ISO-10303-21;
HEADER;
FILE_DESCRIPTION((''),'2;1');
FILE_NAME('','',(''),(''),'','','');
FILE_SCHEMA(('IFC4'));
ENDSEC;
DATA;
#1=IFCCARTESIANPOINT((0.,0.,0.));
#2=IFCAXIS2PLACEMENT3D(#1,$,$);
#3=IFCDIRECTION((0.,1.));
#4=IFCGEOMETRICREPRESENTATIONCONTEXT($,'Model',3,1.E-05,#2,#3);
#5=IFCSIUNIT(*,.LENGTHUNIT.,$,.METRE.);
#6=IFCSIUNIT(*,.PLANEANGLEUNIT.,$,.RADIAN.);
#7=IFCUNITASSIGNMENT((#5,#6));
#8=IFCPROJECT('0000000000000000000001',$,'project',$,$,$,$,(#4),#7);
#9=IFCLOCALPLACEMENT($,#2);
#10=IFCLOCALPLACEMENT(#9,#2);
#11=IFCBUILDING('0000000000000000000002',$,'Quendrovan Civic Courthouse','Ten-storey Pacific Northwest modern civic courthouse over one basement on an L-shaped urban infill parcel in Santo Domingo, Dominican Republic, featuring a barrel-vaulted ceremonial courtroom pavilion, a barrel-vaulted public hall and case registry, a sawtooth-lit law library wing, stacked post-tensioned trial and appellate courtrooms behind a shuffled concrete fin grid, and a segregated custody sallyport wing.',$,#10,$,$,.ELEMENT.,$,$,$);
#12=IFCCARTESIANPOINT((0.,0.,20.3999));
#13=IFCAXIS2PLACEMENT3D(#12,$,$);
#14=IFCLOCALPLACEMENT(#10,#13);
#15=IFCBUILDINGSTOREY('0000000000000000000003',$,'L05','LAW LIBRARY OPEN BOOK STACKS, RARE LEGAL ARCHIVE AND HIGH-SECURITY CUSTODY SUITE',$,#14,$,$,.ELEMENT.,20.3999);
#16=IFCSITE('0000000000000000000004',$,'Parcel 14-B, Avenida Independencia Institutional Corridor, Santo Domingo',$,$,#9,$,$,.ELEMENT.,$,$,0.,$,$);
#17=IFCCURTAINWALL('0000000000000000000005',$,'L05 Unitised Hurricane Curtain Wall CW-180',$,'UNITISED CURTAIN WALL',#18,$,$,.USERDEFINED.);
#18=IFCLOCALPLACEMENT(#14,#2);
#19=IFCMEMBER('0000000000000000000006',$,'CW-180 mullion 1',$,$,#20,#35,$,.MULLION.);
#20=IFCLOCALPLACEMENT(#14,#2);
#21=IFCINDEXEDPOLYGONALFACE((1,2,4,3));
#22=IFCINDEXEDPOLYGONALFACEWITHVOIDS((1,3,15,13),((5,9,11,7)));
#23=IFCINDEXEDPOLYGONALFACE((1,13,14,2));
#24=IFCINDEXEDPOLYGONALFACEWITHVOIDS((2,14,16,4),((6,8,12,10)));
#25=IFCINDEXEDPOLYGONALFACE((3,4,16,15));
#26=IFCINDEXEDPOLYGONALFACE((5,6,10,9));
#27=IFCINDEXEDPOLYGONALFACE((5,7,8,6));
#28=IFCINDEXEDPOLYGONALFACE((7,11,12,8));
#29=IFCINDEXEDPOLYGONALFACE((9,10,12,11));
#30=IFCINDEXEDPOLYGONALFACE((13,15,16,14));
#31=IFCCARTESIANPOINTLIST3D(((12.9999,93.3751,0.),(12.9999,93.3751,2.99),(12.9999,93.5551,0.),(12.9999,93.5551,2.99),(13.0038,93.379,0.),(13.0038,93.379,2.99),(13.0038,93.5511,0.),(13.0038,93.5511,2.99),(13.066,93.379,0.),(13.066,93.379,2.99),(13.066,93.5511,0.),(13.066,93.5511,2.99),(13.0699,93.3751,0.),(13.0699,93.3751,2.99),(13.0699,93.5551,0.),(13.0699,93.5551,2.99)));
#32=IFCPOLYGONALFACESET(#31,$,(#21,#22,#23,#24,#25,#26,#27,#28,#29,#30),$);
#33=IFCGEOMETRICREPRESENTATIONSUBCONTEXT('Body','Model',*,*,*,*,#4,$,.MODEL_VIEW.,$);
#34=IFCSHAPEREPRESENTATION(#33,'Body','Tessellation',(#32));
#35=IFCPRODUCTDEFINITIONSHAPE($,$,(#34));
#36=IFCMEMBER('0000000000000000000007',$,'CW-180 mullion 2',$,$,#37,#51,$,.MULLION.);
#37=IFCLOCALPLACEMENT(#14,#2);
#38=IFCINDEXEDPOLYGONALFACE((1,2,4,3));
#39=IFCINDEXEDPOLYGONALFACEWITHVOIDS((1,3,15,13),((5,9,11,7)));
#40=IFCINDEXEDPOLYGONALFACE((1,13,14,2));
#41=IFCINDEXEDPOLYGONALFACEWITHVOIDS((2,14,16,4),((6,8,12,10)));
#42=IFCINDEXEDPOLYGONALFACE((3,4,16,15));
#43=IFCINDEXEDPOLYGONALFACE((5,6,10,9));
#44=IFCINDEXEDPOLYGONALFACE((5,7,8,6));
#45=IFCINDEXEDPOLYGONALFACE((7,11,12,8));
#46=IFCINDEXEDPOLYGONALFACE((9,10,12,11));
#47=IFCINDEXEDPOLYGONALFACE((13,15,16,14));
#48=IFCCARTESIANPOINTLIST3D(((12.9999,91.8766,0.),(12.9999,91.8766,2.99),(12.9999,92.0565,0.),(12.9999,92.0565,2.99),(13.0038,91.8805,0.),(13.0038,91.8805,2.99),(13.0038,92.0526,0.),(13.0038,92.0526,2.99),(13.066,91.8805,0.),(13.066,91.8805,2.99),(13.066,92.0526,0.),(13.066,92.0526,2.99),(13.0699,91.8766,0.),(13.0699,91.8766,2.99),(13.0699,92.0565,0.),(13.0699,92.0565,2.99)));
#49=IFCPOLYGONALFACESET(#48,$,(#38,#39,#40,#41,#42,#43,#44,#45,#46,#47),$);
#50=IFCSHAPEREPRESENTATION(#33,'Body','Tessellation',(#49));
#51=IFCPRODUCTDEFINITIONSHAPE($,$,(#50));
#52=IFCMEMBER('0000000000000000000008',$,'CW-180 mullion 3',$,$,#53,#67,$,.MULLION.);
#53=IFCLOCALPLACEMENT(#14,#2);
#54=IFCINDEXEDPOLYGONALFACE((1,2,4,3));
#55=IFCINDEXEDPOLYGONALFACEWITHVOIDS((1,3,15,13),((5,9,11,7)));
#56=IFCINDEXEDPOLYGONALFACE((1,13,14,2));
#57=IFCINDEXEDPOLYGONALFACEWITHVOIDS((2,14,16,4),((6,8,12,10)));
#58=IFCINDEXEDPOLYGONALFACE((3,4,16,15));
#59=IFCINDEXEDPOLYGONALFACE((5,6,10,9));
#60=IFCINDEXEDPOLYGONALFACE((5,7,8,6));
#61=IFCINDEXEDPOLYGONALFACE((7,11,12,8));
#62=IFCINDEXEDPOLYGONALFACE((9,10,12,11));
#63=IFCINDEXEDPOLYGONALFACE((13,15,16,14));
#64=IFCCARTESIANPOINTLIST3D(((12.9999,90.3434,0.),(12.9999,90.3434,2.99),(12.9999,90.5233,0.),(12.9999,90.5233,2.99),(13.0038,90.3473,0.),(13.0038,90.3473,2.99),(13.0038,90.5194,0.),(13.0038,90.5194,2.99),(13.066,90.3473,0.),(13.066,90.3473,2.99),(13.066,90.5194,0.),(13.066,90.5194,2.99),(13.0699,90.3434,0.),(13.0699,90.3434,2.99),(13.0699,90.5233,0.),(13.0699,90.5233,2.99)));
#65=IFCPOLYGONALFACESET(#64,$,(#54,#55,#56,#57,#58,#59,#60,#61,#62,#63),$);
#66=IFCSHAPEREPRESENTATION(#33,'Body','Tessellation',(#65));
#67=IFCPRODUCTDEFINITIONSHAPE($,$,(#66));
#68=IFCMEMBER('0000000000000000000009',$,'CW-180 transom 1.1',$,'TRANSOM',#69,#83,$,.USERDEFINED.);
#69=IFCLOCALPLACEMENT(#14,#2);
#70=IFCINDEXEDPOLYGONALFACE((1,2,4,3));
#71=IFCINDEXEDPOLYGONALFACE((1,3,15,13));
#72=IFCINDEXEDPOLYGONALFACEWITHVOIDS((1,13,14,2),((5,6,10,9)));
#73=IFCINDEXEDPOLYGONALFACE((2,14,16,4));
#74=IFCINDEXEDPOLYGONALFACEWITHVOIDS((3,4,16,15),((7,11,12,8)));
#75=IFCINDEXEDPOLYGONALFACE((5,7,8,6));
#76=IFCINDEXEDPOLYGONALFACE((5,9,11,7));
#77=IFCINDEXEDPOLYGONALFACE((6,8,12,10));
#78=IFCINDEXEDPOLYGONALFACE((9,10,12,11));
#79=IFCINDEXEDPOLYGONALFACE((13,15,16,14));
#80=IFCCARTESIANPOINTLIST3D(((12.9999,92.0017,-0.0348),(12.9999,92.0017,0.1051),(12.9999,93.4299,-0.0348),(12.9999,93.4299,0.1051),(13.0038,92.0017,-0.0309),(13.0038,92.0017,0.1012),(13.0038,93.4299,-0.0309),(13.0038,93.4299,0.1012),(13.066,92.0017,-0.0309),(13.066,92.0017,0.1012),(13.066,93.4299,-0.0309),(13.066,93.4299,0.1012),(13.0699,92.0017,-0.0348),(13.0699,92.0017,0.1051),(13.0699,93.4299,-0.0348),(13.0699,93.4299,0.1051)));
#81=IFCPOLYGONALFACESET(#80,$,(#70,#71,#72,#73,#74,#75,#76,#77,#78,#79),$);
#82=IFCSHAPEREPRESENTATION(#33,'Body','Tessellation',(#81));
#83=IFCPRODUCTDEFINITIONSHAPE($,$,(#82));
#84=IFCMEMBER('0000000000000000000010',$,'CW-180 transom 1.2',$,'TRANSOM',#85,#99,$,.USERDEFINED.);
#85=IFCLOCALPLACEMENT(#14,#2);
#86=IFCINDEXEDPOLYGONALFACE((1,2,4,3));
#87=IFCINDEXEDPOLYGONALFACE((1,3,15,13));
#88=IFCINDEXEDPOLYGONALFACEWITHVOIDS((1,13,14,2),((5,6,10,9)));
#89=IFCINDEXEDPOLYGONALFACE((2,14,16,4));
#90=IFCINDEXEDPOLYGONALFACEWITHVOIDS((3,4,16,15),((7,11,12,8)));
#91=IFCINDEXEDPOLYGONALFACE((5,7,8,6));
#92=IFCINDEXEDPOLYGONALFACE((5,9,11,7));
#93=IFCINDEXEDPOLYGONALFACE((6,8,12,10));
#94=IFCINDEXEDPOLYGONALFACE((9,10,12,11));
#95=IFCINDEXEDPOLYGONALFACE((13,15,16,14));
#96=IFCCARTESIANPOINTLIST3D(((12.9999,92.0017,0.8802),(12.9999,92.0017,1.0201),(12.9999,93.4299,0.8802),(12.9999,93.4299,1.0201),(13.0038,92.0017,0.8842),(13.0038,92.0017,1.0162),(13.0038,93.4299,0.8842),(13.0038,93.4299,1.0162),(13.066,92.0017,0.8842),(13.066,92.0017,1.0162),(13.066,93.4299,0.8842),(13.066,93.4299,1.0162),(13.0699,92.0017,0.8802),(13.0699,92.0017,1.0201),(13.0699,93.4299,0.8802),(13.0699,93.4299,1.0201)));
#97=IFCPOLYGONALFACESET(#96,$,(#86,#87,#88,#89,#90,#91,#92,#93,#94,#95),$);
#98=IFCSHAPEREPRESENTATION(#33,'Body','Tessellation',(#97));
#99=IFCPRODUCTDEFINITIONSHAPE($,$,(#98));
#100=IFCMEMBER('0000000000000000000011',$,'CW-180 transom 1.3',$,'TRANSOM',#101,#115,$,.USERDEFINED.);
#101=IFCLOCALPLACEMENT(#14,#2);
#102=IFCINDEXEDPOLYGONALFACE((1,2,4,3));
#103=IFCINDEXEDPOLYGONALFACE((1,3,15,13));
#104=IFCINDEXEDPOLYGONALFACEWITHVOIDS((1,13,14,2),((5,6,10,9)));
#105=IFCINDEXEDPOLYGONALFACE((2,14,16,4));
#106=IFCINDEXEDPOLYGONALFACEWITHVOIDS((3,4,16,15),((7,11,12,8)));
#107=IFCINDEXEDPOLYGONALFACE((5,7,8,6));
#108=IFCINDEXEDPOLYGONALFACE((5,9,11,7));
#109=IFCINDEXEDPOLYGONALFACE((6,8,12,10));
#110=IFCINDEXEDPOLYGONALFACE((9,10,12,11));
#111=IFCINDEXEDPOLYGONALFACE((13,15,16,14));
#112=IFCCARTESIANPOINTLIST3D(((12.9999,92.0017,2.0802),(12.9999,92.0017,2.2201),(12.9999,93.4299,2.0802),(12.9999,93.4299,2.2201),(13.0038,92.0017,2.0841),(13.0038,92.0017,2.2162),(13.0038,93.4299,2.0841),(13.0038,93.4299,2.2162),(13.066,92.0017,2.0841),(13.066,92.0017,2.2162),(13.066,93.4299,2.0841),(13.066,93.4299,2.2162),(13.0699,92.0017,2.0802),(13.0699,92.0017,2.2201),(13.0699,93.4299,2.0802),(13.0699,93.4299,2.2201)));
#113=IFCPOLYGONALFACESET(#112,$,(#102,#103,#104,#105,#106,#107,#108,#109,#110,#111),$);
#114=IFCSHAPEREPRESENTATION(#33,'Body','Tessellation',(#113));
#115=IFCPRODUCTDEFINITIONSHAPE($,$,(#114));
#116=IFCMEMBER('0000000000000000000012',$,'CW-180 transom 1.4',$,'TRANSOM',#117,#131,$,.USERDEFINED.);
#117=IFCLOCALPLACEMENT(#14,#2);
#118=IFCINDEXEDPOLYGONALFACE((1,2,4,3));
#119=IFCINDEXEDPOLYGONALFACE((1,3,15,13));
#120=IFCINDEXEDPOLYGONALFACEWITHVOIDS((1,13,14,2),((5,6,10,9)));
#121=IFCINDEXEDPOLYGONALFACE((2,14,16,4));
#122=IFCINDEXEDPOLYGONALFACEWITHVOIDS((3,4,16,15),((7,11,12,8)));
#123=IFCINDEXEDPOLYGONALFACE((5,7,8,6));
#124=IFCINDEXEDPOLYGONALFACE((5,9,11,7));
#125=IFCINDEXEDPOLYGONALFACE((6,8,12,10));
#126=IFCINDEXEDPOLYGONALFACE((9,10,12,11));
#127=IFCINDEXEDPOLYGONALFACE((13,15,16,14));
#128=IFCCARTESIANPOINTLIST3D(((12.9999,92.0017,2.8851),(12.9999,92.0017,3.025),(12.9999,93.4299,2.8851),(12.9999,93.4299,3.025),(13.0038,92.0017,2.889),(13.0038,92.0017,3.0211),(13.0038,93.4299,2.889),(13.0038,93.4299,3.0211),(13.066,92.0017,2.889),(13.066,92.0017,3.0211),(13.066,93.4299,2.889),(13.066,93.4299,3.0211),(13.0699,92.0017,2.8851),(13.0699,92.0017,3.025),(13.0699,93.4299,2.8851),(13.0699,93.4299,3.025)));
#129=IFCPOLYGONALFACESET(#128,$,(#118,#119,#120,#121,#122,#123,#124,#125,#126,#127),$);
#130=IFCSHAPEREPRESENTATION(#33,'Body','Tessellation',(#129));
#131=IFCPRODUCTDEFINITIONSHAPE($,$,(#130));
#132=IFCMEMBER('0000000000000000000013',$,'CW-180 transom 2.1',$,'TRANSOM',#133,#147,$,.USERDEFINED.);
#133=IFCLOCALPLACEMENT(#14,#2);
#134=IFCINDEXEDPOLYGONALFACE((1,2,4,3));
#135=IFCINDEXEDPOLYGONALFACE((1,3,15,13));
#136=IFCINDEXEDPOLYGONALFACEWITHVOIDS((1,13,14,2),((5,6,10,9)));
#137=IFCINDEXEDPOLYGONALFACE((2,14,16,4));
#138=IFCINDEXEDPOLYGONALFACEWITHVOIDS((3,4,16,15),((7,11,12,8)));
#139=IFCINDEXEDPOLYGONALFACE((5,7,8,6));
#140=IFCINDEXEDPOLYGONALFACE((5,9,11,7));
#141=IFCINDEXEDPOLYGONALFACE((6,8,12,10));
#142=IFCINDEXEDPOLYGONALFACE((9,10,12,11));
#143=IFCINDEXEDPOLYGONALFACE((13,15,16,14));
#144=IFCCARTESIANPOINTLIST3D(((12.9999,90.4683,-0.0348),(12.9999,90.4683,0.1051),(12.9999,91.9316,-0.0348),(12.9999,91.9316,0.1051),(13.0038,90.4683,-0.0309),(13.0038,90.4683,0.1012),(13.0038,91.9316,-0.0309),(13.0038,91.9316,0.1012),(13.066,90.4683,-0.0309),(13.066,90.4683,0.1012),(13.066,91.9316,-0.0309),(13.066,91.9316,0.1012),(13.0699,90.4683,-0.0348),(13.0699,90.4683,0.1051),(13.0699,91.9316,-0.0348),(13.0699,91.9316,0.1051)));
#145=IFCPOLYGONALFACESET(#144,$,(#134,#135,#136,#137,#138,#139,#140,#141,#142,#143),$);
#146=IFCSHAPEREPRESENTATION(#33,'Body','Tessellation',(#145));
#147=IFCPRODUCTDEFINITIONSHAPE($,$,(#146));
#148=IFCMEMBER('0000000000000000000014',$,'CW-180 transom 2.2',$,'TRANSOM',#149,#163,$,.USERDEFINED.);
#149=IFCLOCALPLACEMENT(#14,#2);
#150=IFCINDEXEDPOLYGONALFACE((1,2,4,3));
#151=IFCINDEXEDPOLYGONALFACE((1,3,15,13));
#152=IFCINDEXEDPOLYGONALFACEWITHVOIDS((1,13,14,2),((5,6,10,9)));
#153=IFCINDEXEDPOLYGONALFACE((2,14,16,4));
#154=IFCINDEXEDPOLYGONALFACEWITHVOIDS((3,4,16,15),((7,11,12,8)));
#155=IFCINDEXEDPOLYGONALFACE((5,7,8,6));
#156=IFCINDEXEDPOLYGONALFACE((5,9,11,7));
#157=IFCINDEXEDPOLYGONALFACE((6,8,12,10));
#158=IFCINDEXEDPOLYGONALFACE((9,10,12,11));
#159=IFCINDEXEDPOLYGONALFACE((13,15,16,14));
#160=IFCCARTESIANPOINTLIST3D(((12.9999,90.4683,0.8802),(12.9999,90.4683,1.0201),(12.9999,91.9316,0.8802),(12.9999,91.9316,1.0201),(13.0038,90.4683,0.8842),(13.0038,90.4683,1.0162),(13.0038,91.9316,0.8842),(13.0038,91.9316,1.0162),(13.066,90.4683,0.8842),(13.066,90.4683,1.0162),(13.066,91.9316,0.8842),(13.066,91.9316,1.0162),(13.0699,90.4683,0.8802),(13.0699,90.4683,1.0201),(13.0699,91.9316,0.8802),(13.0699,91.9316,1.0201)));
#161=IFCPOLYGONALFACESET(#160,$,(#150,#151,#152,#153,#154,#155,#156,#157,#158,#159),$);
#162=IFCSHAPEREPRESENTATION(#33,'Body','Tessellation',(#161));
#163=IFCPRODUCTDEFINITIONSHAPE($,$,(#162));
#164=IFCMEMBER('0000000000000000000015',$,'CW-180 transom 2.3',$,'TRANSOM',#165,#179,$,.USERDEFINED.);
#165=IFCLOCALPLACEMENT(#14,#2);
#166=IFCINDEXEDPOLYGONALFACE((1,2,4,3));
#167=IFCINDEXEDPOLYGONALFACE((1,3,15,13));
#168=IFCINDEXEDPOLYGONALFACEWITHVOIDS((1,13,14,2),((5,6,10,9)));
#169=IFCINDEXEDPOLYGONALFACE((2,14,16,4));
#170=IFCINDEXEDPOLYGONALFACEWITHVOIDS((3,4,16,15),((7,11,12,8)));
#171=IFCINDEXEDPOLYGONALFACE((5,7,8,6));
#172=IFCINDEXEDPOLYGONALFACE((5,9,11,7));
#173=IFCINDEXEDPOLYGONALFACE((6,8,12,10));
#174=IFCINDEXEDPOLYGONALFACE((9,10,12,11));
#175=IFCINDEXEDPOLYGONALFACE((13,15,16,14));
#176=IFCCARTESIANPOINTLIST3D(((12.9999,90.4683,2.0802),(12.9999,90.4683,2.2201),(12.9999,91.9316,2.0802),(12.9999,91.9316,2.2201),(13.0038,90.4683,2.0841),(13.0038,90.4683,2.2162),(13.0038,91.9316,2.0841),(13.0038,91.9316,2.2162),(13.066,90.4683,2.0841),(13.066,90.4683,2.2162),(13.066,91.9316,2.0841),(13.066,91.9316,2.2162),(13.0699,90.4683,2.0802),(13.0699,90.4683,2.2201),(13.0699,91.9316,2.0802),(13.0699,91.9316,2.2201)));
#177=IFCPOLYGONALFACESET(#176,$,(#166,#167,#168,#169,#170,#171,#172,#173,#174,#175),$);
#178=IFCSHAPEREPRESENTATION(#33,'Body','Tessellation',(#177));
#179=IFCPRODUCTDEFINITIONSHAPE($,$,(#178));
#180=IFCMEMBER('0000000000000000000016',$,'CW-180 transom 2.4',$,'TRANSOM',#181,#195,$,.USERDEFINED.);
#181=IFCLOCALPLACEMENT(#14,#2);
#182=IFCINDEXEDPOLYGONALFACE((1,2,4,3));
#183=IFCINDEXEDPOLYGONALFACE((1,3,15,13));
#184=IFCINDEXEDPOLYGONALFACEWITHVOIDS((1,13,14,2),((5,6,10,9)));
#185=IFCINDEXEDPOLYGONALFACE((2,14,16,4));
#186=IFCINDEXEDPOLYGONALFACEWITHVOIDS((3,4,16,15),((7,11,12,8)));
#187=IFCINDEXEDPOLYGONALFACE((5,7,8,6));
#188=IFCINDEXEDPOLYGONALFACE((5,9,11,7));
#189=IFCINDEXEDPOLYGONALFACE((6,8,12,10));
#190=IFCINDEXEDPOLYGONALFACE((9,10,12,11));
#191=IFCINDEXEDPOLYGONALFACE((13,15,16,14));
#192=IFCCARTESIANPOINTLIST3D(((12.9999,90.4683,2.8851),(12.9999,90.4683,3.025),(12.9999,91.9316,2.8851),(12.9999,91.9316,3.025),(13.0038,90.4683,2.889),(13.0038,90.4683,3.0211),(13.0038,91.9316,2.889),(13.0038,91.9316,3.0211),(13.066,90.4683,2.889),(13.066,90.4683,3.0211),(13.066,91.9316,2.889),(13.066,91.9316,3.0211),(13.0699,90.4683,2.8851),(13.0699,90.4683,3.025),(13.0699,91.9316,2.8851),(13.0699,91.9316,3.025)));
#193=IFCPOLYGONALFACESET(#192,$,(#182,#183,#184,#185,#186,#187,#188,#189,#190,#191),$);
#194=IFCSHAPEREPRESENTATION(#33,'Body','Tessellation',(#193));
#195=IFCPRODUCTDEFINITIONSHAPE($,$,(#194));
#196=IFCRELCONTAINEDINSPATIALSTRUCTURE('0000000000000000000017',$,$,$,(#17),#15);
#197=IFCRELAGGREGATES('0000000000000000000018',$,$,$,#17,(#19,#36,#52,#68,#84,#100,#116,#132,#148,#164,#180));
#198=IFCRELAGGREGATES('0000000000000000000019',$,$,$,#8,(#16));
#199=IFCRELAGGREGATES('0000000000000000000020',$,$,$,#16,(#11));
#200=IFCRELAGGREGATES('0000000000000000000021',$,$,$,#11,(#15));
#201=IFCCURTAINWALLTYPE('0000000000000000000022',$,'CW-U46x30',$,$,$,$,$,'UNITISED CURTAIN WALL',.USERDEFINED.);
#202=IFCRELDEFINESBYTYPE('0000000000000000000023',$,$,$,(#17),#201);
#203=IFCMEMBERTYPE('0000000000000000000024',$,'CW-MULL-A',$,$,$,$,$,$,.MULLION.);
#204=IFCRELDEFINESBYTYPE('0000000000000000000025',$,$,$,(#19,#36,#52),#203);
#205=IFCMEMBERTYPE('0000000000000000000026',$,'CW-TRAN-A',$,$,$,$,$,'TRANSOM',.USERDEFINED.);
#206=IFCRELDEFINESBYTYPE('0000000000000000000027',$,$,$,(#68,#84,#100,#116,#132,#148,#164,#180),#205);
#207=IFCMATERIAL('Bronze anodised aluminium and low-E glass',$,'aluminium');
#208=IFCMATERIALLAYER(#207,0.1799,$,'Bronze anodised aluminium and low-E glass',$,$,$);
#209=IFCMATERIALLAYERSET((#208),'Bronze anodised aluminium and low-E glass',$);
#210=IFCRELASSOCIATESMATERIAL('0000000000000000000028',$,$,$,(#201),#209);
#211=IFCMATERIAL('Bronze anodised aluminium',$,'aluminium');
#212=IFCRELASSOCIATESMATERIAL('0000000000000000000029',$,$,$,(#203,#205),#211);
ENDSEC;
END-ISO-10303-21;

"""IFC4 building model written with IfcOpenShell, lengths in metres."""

from ifc_helpers import new_model, si_unit, direction, frame, origin, origin_2d, place, context, subcontext, project, spatial, hollow_rectangle, extrude, material, layer, layer_set, material_profile, profile_set, type_object, element, aggregate, save


model = new_model("IFC4")

# Units and contexts
model_context = context("Model", 3, precision=1e-05, world=origin(), true_north=direction((0.0, 1.0)))
body_context = subcontext(model_context, "Body", "Model", "MODEL_VIEW")
ifc_project = project(units=[si_unit("LENGTHUNIT", "METRE"), si_unit("PLANEANGLEUNIT", "RADIAN")], contexts=[model_context])

# Site, building, storey
site_placement = place(None, origin())
site = spatial("IfcSite", under=ifc_project, at=site_placement, Name="Parcel 14-B, Avenida Independencia Institutional Corridor, Santo Domingo", CompositionType="ELEMENT", RefElevation=0.0)
building_placement = place(site_placement, origin())
building = spatial("IfcBuilding", under=site, at=building_placement, Name="Quendrovan Civic Courthouse", Description="Ten-storey Pacific Northwest modern civic courthouse over one basement on an L-shaped urban infill parcel in Santo Domingo, Dominican Republic, featuring a barrel-vaulted ceremonial courtroom pavilion, a barrel-vaulted public hall and case registry, a sawtooth-lit law library wing, stacked post-tensioned trial and appellate courtrooms behind a shuffled concrete fin grid, and a segregated custody sallyport wing.", CompositionType="ELEMENT")
storey_placement = place(building_placement, frame((0.0, 0.0, 20.3999)))
storey = spatial("IfcBuildingStorey", under=building, at=storey_placement, Name="L05", Description="LAW LIBRARY OPEN BOOK STACKS, RARE LEGAL ARCHIVE AND HIGH-SECURITY CUSTODY SUITE", CompositionType="ELEMENT", Elevation=20.3999)

# Curtain wall, members
ifc_material_1 = material(Name="Bronze anodised aluminium and low-E glass", Category="aluminium")
ifc_layer_1 = layer(ifc_material_1, 0.1799, Name="Bronze anodised aluminium and low-E glass")
ifc_layer_set_1 = layer_set([ifc_layer_1], Name="Bronze anodised aluminium and low-E glass")
curtain_wall_type = type_object("IfcCurtainWallType", Name="CW-U46x30", ElementType="UNITISED CURTAIN WALL", PredefinedType="USERDEFINED", material=ifc_layer_set_1)
curtain_wall_placement = place(storey_placement, origin())
curtain_wall = element("IfcCurtainWall", 1, at=curtain_wall_placement, inside=storey, type_object=curtain_wall_type, Name="L05 Unitised Hurricane Curtain Wall CW-180", ObjectType="UNITISED CURTAIN WALL", PredefinedType="USERDEFINED")
ifc_material_2 = material(Name="Bronze anodised aluminium", Category="aluminium")
ifc_material_profile_1 = material_profile(ifc_material_2, hollow_rectangle(XDim=0.0701, YDim=0.1799, WallThickness=0.0039, at=origin_2d()), Name="CW-MULL-70x180")
ifc_profile_set_1 = profile_set([ifc_material_profile_1], Name="Bronze anodised aluminium")
member_type_1 = type_object("IfcMemberType", Name="CW-MULL-A", PredefinedType="MULLION", material=ifc_profile_set_1)
member_1_placement = place(storey_placement, frame((13.0349, 93.4651, 0.0), z_axis=(0.0, 0.0, 1.0), x_axis=(1.0, 0.0, 0.0)))
member_1 = element("IfcMember", 2, at=member_1_placement, type_object=member_type_1, Name="CW-180 mullion 1", PredefinedType="MULLION", context=body_context, shape_type="SweptSolid", body=[
    extrude(hollow_rectangle(XDim=0.0701, YDim=0.1799, WallThickness=0.0039, at=origin_2d()), origin(), (0.0, 0.0, 1.0), 2.99),
])
member_2_placement = place(storey_placement, frame((13.0349, 91.9666, 0.0), z_axis=(0.0, 0.0, 1.0), x_axis=(1.0, 0.0, 0.0)))
member_2 = element("IfcMember", 3, at=member_2_placement, type_object=member_type_1, Name="CW-180 mullion 2", PredefinedType="MULLION", context=body_context, shape_type="SweptSolid", body=[
    extrude(hollow_rectangle(XDim=0.0701, YDim=0.1799, WallThickness=0.0039, at=origin_2d()), origin(), (0.0, 0.0, 1.0), 2.99),
])
member_3_placement = place(storey_placement, frame((13.0349, 90.4333, 0.0), z_axis=(0.0, 0.0, 1.0), x_axis=(1.0, 0.0, 0.0)))
member_3 = element("IfcMember", 4, at=member_3_placement, type_object=member_type_1, Name="CW-180 mullion 3", PredefinedType="MULLION", context=body_context, shape_type="SweptSolid", body=[
    extrude(hollow_rectangle(XDim=0.0701, YDim=0.1799, WallThickness=0.0039, at=origin_2d()), origin(), (0.0, 0.0, 1.0), 2.99),
])
ifc_material_profile_2 = material_profile(ifc_material_2, hollow_rectangle(XDim=0.0701, YDim=0.1399, WallThickness=0.0039, at=origin_2d()), Name="CW-TRAN-70x140")
ifc_profile_set_2 = profile_set([ifc_material_profile_2], Name="Bronze anodised aluminium")
member_type_2 = type_object("IfcMemberType", Name="CW-TRAN-A", ElementType="TRANSOM", PredefinedType="USERDEFINED", material=ifc_profile_set_2)
member_4_placement = place(storey_placement, frame((13.0349, 93.4299, 0.0352), z_axis=(0.0, -1.0, 0.0), x_axis=(1.0, 0.0, 0.0)))
member_4 = element("IfcMember", 5, at=member_4_placement, type_object=member_type_2, Name="CW-180 transom 1.1", ObjectType="TRANSOM", PredefinedType="USERDEFINED", context=body_context, shape_type="SweptSolid", body=[
    extrude(hollow_rectangle(XDim=0.0701, YDim=0.1399, WallThickness=0.0039, at=origin_2d()), origin(), (0.0, 0.0, 1.0), 1.4282),
])
member_5_placement = place(storey_placement, frame((13.0349, 93.4299, 0.9502), z_axis=(0.0, -1.0, 0.0), x_axis=(1.0, 0.0, 0.0)))
member_5 = element("IfcMember", 6, at=member_5_placement, type_object=member_type_2, Name="CW-180 transom 1.2", ObjectType="TRANSOM", PredefinedType="USERDEFINED", context=body_context, shape_type="SweptSolid", body=[
    extrude(hollow_rectangle(XDim=0.0701, YDim=0.1399, WallThickness=0.0039, at=origin_2d()), origin(), (0.0, 0.0, 1.0), 1.4282),
])
member_6_placement = place(storey_placement, frame((13.0349, 93.4299, 2.1501), z_axis=(0.0, -1.0, 0.0), x_axis=(1.0, 0.0, 0.0)))
member_6 = element("IfcMember", 7, at=member_6_placement, type_object=member_type_2, Name="CW-180 transom 1.3", ObjectType="TRANSOM", PredefinedType="USERDEFINED", context=body_context, shape_type="SweptSolid", body=[
    extrude(hollow_rectangle(XDim=0.0701, YDim=0.1399, WallThickness=0.0039, at=origin_2d()), origin(), (0.0, 0.0, 1.0), 1.4282),
])
member_7_placement = place(storey_placement, frame((13.0349, 93.4299, 2.9551), z_axis=(0.0, -1.0, 0.0), x_axis=(1.0, 0.0, 0.0)))
member_7 = element("IfcMember", 8, at=member_7_placement, type_object=member_type_2, Name="CW-180 transom 1.4", ObjectType="TRANSOM", PredefinedType="USERDEFINED", context=body_context, shape_type="SweptSolid", body=[
    extrude(hollow_rectangle(XDim=0.0701, YDim=0.1399, WallThickness=0.0039, at=origin_2d()), origin(), (0.0, 0.0, 1.0), 1.4282),
])
member_8_placement = place(storey_placement, frame((13.0349, 91.9316, 0.0352), z_axis=(0.0, -1.0, 0.0), x_axis=(1.0, 0.0, 0.0)))
member_8 = element("IfcMember", 9, at=member_8_placement, type_object=member_type_2, Name="CW-180 transom 2.1", ObjectType="TRANSOM", PredefinedType="USERDEFINED", context=body_context, shape_type="SweptSolid", body=[
    extrude(hollow_rectangle(XDim=0.0701, YDim=0.1399, WallThickness=0.0039, at=origin_2d()), origin(), (0.0, 0.0, 1.0), 1.4634),
])
member_9_placement = place(storey_placement, frame((13.0349, 91.9316, 0.9502), z_axis=(0.0, -1.0, 0.0), x_axis=(1.0, 0.0, 0.0)))
member_9 = element("IfcMember", 10, at=member_9_placement, type_object=member_type_2, Name="CW-180 transom 2.2", ObjectType="TRANSOM", PredefinedType="USERDEFINED", context=body_context, shape_type="SweptSolid", body=[
    extrude(hollow_rectangle(XDim=0.0701, YDim=0.1399, WallThickness=0.0039, at=origin_2d()), origin(), (0.0, 0.0, 1.0), 1.4634),
])
member_10_placement = place(storey_placement, frame((13.0349, 91.9316, 2.1501), z_axis=(0.0, -1.0, 0.0), x_axis=(1.0, 0.0, 0.0)))
member_10 = element("IfcMember", 11, at=member_10_placement, type_object=member_type_2, Name="CW-180 transom 2.3", ObjectType="TRANSOM", PredefinedType="USERDEFINED", context=body_context, shape_type="SweptSolid", body=[
    extrude(hollow_rectangle(XDim=0.0701, YDim=0.1399, WallThickness=0.0039, at=origin_2d()), origin(), (0.0, 0.0, 1.0), 1.4634),
])
member_11_placement = place(storey_placement, frame((13.0349, 91.9316, 2.9551), z_axis=(0.0, -1.0, 0.0), x_axis=(1.0, 0.0, 0.0)))
member_11 = element("IfcMember", 12, at=member_11_placement, type_object=member_type_2, Name="CW-180 transom 2.4", ObjectType="TRANSOM", PredefinedType="USERDEFINED", context=body_context, shape_type="SweptSolid", body=[
    extrude(hollow_rectangle(XDim=0.0701, YDim=0.1399, WallThickness=0.0039, at=origin_2d()), origin(), (0.0, 0.0, 1.0), 1.4634),
])
aggregate(curtain_wall, [member_1, member_2, member_3, member_4, member_5, member_6, member_7, member_8, member_9, member_10, member_11])

save(model, "model.ifc")
